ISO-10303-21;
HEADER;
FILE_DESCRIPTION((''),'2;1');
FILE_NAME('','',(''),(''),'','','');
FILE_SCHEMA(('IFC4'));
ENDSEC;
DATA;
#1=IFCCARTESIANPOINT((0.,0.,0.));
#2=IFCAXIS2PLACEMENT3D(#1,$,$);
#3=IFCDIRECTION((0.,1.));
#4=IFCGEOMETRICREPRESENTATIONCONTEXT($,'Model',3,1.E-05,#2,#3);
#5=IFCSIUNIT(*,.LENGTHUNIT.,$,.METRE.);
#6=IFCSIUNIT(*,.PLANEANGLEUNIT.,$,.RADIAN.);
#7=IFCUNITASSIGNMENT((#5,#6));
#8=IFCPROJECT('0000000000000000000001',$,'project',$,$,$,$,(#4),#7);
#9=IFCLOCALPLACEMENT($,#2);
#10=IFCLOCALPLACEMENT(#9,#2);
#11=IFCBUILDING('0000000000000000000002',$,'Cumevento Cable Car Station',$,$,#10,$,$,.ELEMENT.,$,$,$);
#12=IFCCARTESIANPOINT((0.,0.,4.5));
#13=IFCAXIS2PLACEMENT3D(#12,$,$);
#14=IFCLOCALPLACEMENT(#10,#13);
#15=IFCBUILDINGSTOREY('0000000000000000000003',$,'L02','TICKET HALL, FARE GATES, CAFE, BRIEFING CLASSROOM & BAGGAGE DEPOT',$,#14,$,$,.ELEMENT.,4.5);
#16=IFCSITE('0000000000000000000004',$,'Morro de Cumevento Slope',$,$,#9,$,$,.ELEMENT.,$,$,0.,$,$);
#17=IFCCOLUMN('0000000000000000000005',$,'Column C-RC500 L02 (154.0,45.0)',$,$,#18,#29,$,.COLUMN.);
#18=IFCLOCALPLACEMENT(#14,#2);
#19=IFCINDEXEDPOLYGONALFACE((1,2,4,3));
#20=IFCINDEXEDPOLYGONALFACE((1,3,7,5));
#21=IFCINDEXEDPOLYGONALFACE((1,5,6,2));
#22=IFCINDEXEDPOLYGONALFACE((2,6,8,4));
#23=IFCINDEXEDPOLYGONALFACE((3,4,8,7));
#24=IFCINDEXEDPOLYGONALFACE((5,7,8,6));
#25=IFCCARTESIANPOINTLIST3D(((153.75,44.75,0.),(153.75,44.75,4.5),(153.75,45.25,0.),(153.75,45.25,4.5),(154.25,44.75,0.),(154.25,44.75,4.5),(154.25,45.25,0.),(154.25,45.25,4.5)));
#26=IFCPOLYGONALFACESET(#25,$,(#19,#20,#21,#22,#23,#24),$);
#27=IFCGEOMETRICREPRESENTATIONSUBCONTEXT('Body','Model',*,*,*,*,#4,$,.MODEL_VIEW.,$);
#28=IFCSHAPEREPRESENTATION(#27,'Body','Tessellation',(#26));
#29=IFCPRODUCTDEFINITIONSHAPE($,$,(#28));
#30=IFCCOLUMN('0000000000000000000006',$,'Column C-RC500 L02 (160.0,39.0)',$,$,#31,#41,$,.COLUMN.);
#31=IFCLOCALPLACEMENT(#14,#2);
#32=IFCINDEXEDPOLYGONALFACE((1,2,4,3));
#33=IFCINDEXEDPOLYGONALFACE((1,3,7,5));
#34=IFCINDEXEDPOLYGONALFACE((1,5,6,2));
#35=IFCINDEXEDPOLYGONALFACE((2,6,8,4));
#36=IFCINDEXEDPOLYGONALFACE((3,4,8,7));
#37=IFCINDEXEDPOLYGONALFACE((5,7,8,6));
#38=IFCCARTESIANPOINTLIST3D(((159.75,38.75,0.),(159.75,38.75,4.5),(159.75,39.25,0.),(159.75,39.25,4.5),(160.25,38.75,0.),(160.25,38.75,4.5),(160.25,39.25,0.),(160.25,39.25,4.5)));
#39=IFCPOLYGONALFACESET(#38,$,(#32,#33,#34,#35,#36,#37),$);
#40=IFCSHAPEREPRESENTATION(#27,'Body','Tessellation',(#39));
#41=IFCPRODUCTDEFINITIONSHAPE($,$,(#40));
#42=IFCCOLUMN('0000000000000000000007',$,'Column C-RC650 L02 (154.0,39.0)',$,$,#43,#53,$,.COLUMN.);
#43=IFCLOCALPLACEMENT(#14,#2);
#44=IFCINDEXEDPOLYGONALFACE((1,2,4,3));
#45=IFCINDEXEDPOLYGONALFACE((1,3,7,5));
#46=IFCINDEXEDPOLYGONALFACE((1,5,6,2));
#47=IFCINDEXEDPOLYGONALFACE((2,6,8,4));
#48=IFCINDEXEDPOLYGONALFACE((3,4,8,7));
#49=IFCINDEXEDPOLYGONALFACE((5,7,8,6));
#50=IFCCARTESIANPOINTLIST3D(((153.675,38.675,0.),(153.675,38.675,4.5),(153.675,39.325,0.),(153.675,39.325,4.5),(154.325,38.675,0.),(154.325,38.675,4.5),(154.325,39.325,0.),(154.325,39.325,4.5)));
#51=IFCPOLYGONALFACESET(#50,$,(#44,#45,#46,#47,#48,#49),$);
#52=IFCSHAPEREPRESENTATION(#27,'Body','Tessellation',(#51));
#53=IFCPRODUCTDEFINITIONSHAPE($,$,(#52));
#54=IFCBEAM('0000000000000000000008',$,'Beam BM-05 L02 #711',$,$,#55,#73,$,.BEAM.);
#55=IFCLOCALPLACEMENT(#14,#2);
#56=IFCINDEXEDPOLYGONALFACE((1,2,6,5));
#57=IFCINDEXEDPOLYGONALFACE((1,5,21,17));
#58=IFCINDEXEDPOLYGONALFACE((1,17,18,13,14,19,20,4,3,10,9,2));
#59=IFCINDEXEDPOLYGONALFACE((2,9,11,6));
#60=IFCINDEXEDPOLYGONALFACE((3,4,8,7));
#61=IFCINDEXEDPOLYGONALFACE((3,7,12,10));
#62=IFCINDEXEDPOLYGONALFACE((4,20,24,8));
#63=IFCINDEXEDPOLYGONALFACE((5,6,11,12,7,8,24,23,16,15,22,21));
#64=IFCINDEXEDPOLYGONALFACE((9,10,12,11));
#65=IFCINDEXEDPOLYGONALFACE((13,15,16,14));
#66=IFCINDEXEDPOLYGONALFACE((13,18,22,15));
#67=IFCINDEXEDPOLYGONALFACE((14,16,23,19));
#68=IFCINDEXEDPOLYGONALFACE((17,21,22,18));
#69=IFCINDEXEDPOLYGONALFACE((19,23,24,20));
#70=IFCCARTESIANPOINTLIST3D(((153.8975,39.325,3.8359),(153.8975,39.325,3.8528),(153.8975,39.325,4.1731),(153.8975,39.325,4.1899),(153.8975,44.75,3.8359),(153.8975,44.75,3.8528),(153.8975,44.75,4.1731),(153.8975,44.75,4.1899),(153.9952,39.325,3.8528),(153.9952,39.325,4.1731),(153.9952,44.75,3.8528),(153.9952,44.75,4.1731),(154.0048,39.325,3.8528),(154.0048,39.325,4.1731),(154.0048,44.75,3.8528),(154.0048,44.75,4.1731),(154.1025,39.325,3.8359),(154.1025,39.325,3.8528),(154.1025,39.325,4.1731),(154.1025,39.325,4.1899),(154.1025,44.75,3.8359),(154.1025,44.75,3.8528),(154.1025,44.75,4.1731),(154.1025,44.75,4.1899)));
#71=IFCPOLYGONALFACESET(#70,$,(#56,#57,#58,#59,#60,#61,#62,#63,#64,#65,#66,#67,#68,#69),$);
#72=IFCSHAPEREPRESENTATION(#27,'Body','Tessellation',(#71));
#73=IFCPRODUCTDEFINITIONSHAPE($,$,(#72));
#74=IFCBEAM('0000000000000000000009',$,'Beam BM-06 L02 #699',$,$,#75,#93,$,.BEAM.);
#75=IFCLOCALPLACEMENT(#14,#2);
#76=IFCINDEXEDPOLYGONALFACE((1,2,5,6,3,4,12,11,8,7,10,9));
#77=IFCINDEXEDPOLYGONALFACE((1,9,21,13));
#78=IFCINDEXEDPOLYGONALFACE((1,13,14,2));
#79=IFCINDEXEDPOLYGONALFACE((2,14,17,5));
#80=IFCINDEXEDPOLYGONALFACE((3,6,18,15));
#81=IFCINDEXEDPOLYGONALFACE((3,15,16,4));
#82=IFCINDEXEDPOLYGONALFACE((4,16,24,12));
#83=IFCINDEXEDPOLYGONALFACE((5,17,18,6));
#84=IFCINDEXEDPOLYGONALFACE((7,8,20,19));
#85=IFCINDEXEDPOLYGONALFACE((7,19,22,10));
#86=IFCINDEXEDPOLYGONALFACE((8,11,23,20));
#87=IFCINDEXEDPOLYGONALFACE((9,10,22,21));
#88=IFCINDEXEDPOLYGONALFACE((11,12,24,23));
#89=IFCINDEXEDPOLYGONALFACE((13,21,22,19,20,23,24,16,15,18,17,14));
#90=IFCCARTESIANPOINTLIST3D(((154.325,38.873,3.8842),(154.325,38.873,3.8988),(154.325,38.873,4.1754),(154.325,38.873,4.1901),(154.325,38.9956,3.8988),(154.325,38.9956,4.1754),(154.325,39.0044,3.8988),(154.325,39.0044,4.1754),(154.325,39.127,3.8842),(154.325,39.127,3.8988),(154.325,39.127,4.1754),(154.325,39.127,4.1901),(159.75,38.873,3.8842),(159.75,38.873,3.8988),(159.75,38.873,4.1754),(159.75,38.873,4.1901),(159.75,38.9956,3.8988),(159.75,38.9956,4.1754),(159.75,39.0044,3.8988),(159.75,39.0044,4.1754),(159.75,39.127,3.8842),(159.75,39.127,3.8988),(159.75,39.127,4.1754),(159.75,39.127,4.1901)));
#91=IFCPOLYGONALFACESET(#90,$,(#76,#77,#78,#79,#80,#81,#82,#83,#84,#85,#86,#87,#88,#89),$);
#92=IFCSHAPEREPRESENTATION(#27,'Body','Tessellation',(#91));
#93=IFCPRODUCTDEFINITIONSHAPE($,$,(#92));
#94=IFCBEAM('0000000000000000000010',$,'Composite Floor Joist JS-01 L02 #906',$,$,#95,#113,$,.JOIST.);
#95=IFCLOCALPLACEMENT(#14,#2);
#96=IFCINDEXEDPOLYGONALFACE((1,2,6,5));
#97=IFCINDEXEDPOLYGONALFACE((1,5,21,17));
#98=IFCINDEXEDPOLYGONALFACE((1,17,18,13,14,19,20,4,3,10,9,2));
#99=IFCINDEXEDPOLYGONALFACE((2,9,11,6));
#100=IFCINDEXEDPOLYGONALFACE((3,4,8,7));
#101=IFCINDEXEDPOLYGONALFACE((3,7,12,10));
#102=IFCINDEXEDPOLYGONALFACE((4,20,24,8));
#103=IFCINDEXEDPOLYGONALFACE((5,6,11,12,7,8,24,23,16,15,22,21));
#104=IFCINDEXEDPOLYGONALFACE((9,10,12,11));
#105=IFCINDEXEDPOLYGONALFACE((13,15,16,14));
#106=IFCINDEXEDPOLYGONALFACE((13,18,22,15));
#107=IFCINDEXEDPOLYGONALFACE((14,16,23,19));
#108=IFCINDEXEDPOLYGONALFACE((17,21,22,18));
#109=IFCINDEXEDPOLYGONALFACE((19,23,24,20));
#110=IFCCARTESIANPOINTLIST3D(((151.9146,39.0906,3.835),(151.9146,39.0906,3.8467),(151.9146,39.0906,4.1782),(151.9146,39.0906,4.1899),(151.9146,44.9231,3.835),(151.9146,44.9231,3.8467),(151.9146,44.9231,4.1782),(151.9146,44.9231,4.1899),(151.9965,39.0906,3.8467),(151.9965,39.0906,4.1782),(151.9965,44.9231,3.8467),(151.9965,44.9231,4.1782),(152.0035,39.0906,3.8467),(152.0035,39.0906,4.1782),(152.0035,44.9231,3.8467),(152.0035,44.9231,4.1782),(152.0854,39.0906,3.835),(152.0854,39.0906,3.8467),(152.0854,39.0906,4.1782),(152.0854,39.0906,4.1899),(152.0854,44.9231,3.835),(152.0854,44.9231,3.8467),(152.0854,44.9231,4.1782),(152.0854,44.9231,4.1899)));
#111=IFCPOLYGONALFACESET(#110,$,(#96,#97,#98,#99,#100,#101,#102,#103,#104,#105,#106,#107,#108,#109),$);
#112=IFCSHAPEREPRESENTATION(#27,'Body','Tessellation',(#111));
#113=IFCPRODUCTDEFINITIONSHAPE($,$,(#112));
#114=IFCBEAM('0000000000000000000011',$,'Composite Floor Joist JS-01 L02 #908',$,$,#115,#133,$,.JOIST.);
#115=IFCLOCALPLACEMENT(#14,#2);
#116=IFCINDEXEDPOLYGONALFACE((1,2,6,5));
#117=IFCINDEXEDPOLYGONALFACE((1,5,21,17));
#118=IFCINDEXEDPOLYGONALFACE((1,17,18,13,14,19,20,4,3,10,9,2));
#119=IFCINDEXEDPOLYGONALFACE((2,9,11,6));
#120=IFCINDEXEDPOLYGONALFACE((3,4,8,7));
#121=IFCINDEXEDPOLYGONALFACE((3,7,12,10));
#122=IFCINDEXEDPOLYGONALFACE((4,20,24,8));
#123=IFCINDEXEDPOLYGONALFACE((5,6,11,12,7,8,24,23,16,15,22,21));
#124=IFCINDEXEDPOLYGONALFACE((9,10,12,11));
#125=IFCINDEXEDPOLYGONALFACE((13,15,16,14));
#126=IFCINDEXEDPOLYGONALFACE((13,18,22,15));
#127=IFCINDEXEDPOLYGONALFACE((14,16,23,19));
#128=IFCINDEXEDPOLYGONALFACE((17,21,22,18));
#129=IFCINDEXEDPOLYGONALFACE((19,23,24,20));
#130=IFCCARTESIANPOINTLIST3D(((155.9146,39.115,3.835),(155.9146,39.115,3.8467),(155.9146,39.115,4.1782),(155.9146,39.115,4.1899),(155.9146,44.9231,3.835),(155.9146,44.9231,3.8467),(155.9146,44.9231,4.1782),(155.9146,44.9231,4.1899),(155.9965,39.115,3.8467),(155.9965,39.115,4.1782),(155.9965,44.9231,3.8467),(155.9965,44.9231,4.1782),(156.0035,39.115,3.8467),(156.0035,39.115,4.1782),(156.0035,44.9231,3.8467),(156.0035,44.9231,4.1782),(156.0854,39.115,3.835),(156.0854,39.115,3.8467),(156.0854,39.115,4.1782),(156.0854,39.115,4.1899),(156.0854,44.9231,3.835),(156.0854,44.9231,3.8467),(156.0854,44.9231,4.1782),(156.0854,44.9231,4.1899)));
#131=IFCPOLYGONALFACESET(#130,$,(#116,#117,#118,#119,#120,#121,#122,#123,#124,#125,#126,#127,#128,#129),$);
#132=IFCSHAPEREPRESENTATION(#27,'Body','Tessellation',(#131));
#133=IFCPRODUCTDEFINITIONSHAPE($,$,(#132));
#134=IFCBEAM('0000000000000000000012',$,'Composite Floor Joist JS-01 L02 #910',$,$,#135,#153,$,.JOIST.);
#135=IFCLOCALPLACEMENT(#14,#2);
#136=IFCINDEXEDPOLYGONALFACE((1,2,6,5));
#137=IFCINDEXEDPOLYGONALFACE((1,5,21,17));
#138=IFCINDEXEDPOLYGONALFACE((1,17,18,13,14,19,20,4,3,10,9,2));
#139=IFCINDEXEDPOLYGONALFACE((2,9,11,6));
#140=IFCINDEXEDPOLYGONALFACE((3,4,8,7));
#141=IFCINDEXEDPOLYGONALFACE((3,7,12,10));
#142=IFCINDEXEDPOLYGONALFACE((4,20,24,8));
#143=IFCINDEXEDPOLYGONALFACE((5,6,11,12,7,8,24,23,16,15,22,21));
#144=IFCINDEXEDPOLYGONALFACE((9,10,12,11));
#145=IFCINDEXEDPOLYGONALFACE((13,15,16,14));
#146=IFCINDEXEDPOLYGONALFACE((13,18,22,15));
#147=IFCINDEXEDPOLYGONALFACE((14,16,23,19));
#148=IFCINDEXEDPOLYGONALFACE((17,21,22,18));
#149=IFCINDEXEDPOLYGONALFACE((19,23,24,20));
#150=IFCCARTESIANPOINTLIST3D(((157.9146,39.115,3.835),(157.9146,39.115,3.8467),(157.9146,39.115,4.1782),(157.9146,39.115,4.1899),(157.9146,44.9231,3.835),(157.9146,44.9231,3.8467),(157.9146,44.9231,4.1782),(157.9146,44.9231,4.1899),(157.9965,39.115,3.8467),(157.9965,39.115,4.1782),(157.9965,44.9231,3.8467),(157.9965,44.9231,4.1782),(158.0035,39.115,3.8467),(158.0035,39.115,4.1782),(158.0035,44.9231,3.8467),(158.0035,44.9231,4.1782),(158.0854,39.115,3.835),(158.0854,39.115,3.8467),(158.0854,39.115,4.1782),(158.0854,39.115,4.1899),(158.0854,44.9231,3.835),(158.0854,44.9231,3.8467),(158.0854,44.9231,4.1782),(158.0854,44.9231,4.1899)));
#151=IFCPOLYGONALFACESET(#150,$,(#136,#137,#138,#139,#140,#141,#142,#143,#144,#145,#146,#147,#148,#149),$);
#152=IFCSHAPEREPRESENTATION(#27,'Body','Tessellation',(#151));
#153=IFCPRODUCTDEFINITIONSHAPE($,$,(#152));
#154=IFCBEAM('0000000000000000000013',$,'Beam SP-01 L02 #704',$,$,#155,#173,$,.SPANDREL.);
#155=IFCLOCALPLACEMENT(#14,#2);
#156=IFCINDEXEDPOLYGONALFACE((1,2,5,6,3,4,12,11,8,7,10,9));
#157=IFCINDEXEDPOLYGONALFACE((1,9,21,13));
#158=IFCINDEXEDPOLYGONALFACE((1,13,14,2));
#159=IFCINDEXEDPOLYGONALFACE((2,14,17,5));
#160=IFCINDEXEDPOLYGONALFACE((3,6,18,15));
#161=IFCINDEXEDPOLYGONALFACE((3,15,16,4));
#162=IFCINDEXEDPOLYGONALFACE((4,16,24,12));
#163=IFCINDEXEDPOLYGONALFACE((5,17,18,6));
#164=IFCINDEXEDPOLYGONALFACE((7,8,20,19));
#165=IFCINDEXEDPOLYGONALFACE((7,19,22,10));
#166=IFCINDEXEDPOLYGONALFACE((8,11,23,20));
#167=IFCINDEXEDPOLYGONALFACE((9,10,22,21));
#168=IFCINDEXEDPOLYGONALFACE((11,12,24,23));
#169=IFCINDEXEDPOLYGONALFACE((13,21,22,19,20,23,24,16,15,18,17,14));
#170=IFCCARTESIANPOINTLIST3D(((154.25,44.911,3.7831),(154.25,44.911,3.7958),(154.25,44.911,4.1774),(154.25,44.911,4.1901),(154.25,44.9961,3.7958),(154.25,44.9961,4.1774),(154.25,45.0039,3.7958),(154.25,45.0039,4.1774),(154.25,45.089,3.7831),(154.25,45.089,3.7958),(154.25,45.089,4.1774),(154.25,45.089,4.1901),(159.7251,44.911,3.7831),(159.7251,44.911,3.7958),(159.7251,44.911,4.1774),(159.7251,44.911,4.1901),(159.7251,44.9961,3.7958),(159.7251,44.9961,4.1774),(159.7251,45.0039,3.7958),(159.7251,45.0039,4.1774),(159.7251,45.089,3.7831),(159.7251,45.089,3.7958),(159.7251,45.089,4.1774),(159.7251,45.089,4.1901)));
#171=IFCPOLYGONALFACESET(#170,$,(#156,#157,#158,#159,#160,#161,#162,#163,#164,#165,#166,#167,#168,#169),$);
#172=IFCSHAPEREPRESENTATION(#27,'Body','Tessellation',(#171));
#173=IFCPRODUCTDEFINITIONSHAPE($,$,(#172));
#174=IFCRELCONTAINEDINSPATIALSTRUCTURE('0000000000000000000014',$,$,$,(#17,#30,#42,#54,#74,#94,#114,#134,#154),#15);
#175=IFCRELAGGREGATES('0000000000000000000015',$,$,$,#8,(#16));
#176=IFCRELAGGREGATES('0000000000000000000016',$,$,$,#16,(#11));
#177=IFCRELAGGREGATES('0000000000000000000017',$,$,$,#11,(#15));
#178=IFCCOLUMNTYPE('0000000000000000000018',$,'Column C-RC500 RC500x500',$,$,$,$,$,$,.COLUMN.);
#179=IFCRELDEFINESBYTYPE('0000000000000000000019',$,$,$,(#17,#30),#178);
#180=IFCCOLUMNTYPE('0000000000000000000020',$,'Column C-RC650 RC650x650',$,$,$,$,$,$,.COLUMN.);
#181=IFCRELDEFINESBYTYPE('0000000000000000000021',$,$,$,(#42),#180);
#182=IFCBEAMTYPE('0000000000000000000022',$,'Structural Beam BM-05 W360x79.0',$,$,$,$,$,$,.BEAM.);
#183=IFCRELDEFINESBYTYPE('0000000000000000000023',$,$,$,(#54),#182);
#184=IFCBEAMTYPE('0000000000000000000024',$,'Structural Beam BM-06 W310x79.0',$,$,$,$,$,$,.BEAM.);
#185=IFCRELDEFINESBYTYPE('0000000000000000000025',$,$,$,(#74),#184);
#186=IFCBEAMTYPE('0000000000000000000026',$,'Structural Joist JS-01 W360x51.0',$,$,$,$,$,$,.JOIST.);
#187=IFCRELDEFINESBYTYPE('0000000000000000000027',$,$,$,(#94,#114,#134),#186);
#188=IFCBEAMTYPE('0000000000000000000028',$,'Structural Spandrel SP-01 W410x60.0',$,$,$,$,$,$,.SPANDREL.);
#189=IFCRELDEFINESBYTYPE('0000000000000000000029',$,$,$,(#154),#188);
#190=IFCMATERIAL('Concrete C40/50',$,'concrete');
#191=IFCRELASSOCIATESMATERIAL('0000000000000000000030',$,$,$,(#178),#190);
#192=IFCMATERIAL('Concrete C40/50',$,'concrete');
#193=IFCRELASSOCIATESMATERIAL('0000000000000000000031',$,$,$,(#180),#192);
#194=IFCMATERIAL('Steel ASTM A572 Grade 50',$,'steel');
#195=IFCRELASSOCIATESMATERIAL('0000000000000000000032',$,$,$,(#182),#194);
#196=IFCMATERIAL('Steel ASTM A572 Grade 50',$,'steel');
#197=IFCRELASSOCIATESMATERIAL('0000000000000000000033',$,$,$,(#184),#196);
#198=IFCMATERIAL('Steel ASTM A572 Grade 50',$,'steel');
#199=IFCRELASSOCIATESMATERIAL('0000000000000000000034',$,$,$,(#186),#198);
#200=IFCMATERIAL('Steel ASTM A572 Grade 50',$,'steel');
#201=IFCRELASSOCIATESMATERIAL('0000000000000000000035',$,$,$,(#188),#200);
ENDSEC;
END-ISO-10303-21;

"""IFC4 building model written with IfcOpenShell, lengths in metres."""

from ifc_helpers import new_model, si_unit, direction, frame, origin, origin_2d, place, context, subcontext, project, spatial, rectangle, i_section, extrude, material, material_profile, profile_set, type_object, element, save


model = new_model("IFC4")

# Units and contexts
model_context = context("Model", 3, precision=1e-05, world=origin(), true_north=direction((0.0, 1.0)))
body_context = subcontext(model_context, "Body", "Model", "MODEL_VIEW")
ifc_project = project(units=[si_unit("LENGTHUNIT", "METRE"), si_unit("PLANEANGLEUNIT", "RADIAN")], contexts=[model_context])

# Site, building, storey
site_placement = place(None, origin())
site = spatial("IfcSite", under=ifc_project, at=site_placement, Name="Morro de Cumevento Slope", CompositionType="ELEMENT", RefElevation=0.0)
building_placement = place(site_placement, origin())
building = spatial("IfcBuilding", under=site, at=building_placement, Name="Cumevento Cable Car Station", CompositionType="ELEMENT")
storey_placement = place(building_placement, frame((0.0, 0.0, 4.5)))
storey = spatial("IfcBuildingStorey", under=building, at=storey_placement, Name="L02", Description="TICKET HALL, FARE GATES, CAFE, BRIEFING CLASSROOM & BAGGAGE DEPOT", CompositionType="ELEMENT", Elevation=4.5)

# Columns
ifc_material_1 = material(Name="Concrete C40/50", Category="concrete")
ifc_material_profile_1 = material_profile(ifc_material_1, rectangle(XDim=0.5, YDim=0.5, at=origin_2d()), Name="RC500x500")
ifc_profile_set_1 = profile_set([ifc_material_profile_1], Name="Concrete C40/50")
column_type_1 = type_object("IfcColumnType", Name="Column C-RC500 RC500x500", PredefinedType="COLUMN", material=ifc_profile_set_1)
for number, where, z_axis, x_axis, name in (
    (1, (154.0, 45.0, 0.0), (0.0, 0.0, 1.0), (1.0, 0.0, 0.0), "Column C-RC500 L02 (154.0,45.0)"),
    (2, (160.0, 39.0, 0.0), (0.0, 0.0, 1.0), (1.0, 0.0, 0.0), "Column C-RC500 L02 (160.0,39.0)"),
):
    element("IfcColumn", number, at=place(storey_placement, frame(where, z_axis=z_axis, x_axis=x_axis)), inside=storey, type_object=column_type_1, Name=name, PredefinedType="COLUMN", context=body_context, shape_type="SweptSolid", body=[
        extrude(rectangle(XDim=0.5, YDim=0.5, at=origin_2d()), origin(), (0.0, 0.0, 1.0), 4.5),
    ])
ifc_material_2 = material(Name="Concrete C40/50", Category="concrete")
ifc_material_profile_2 = material_profile(ifc_material_2, rectangle(XDim=0.6499, YDim=0.6499, at=origin_2d()), Name="RC650x650")
ifc_profile_set_2 = profile_set([ifc_material_profile_2], Name="Concrete C40/50")
column_type_2 = type_object("IfcColumnType", Name="Column C-RC650 RC650x650", PredefinedType="COLUMN", material=ifc_profile_set_2)
column_placement = place(storey_placement, frame((154.0, 39.0, 0.0), z_axis=(0.0, 0.0, 1.0), x_axis=(1.0, 0.0, 0.0)))
element("IfcColumn", 3, at=column_placement, inside=storey, type_object=column_type_2, Name="Column C-RC650 L02 (154.0,39.0)", PredefinedType="COLUMN", context=body_context, shape_type="SweptSolid", body=[
    extrude(rectangle(XDim=0.6499, YDim=0.6499, at=origin_2d()), origin(), (0.0, 0.0, 1.0), 4.5),
])

# Beams
ifc_material_3 = material(Name="Steel ASTM A572 Grade 50", Category="steel")
ifc_material_profile_3 = material_profile(ifc_material_3, i_section(OverallWidth=0.2051, OverallDepth=0.354, WebThickness=0.0095, FlangeThickness=0.0168, at=origin_2d()), Name="W360x79.0")
ifc_profile_set_3 = profile_set([ifc_material_profile_3], Name="Steel ASTM A572 Grade 50")
beam_type_1 = type_object("IfcBeamType", Name="Structural Beam BM-05 W360x79.0", PredefinedType="BEAM", material=ifc_profile_set_3)
beam_1_placement = place(storey_placement, frame((154.0, 39.325, 4.0129), z_axis=(0.0, 1.0, 0.0), x_axis=(-1.0, 0.0, 0.0)))
element("IfcBeam", 4, at=beam_1_placement, inside=storey, type_object=beam_type_1, Name="Beam BM-05 L02 #711", PredefinedType="BEAM", context=body_context, shape_type="SweptSolid", body=[
    extrude(i_section(OverallWidth=0.2051, OverallDepth=0.354, WebThickness=0.0095, FlangeThickness=0.0168, at=origin_2d()), origin(), (0.0, 0.0, 1.0), 5.425),
])
ifc_material_4 = material(Name="Steel ASTM A572 Grade 50", Category="steel")
ifc_material_profile_4 = material_profile(ifc_material_4, i_section(OverallWidth=0.2539, OverallDepth=0.3059, WebThickness=0.0088, FlangeThickness=0.0146, at=origin_2d()), Name="W310x79.0")
ifc_profile_set_4 = profile_set([ifc_material_profile_4], Name="Steel ASTM A572 Grade 50")
beam_type_2 = type_object("IfcBeamType", Name="Structural Beam BM-06 W310x79.0", PredefinedType="BEAM", material=ifc_profile_set_4)
beam_2_placement = place(storey_placement, frame((154.325, 39.0, 4.0371), z_axis=(1.0, 0.0, 0.0), x_axis=(0.0, 1.0, 0.0)))
element("IfcBeam", 5, at=beam_2_placement, inside=storey, type_object=beam_type_2, Name="Beam BM-06 L02 #699", PredefinedType="BEAM", context=body_context, shape_type="SweptSolid", body=[
    extrude(i_section(OverallWidth=0.2539, OverallDepth=0.3059, WebThickness=0.0088, FlangeThickness=0.0146, at=origin_2d()), origin(), (0.0, 0.0, 1.0), 5.425),
])
ifc_material_5 = material(Name="Steel ASTM A572 Grade 50", Category="steel")
ifc_material_profile_5 = material_profile(ifc_material_5, i_section(OverallWidth=0.1709, OverallDepth=0.355, WebThickness=0.0071, FlangeThickness=0.0117, at=origin_2d()), Name="W360x51.0")
ifc_profile_set_5 = profile_set([ifc_material_profile_5], Name="Steel ASTM A572 Grade 50")
beam_type_3 = type_object("IfcBeamType", Name="Structural Joist JS-01 W360x51.0", PredefinedType="JOIST", material=ifc_profile_set_5)
beam_3_placement = place(storey_placement, frame((152.0, 39.0906, 4.0125), z_axis=(0.0, 1.0, 0.0), x_axis=(-1.0, 0.0, 0.0)))
element("IfcBeam", 6, at=beam_3_placement, inside=storey, type_object=beam_type_3, Name="Composite Floor Joist JS-01 L02 #906", PredefinedType="JOIST", context=body_context, shape_type="SweptSolid", body=[
    extrude(i_section(OverallWidth=0.1709, OverallDepth=0.355, WebThickness=0.0071, FlangeThickness=0.0117, at=origin_2d()), origin(), (0.0, 0.0, 1.0), 5.8325),
])
for number, where, z_axis, x_axis, name in (
    (7, (156.0, 39.115, 4.0125), (0.0, 1.0, 0.0), (-1.0, 0.0, 0.0), "Composite Floor Joist JS-01 L02 #908"),
    (8, (158.0, 39.115, 4.0125), (0.0, 1.0, 0.0), (-1.0, 0.0, 0.0), "Composite Floor Joist JS-01 L02 #910"),
):
    element("IfcBeam", number, at=place(storey_placement, frame(where, z_axis=z_axis, x_axis=x_axis)), inside=storey, type_object=beam_type_3, Name=name, PredefinedType="JOIST", context=body_context, shape_type="SweptSolid", body=[
        extrude(i_section(OverallWidth=0.1709, OverallDepth=0.355, WebThickness=0.0071, FlangeThickness=0.0117, at=origin_2d()), origin(), (0.0, 0.0, 1.0), 5.8081),
    ])
ifc_material_6 = material(Name="Steel ASTM A572 Grade 50", Category="steel")
ifc_material_profile_6 = material_profile(ifc_material_6, i_section(OverallWidth=0.178, OverallDepth=0.407, WebThickness=0.0078, FlangeThickness=0.0127, at=origin_2d()), Name="W410x60.0")
ifc_profile_set_6 = profile_set([ifc_material_profile_6], Name="Steel ASTM A572 Grade 50")
beam_type_4 = type_object("IfcBeamType", Name="Structural Spandrel SP-01 W410x60.0", PredefinedType="SPANDREL", material=ifc_profile_set_6)
beam_4_placement = place(storey_placement, frame((154.25, 45.0, 3.9866), z_axis=(1.0, 0.0, 0.0), x_axis=(0.0, 1.0, 0.0)))
element("IfcBeam", 9, at=beam_4_placement, inside=storey, type_object=beam_type_4, Name="Beam SP-01 L02 #704", PredefinedType="SPANDREL", context=body_context, shape_type="SweptSolid", body=[
    extrude(i_section(OverallWidth=0.178, OverallDepth=0.407, WebThickness=0.0078, FlangeThickness=0.0127, at=origin_2d()), origin(), (0.0, 0.0, 1.0), 5.4751),
])

save(model, "model.ifc")
